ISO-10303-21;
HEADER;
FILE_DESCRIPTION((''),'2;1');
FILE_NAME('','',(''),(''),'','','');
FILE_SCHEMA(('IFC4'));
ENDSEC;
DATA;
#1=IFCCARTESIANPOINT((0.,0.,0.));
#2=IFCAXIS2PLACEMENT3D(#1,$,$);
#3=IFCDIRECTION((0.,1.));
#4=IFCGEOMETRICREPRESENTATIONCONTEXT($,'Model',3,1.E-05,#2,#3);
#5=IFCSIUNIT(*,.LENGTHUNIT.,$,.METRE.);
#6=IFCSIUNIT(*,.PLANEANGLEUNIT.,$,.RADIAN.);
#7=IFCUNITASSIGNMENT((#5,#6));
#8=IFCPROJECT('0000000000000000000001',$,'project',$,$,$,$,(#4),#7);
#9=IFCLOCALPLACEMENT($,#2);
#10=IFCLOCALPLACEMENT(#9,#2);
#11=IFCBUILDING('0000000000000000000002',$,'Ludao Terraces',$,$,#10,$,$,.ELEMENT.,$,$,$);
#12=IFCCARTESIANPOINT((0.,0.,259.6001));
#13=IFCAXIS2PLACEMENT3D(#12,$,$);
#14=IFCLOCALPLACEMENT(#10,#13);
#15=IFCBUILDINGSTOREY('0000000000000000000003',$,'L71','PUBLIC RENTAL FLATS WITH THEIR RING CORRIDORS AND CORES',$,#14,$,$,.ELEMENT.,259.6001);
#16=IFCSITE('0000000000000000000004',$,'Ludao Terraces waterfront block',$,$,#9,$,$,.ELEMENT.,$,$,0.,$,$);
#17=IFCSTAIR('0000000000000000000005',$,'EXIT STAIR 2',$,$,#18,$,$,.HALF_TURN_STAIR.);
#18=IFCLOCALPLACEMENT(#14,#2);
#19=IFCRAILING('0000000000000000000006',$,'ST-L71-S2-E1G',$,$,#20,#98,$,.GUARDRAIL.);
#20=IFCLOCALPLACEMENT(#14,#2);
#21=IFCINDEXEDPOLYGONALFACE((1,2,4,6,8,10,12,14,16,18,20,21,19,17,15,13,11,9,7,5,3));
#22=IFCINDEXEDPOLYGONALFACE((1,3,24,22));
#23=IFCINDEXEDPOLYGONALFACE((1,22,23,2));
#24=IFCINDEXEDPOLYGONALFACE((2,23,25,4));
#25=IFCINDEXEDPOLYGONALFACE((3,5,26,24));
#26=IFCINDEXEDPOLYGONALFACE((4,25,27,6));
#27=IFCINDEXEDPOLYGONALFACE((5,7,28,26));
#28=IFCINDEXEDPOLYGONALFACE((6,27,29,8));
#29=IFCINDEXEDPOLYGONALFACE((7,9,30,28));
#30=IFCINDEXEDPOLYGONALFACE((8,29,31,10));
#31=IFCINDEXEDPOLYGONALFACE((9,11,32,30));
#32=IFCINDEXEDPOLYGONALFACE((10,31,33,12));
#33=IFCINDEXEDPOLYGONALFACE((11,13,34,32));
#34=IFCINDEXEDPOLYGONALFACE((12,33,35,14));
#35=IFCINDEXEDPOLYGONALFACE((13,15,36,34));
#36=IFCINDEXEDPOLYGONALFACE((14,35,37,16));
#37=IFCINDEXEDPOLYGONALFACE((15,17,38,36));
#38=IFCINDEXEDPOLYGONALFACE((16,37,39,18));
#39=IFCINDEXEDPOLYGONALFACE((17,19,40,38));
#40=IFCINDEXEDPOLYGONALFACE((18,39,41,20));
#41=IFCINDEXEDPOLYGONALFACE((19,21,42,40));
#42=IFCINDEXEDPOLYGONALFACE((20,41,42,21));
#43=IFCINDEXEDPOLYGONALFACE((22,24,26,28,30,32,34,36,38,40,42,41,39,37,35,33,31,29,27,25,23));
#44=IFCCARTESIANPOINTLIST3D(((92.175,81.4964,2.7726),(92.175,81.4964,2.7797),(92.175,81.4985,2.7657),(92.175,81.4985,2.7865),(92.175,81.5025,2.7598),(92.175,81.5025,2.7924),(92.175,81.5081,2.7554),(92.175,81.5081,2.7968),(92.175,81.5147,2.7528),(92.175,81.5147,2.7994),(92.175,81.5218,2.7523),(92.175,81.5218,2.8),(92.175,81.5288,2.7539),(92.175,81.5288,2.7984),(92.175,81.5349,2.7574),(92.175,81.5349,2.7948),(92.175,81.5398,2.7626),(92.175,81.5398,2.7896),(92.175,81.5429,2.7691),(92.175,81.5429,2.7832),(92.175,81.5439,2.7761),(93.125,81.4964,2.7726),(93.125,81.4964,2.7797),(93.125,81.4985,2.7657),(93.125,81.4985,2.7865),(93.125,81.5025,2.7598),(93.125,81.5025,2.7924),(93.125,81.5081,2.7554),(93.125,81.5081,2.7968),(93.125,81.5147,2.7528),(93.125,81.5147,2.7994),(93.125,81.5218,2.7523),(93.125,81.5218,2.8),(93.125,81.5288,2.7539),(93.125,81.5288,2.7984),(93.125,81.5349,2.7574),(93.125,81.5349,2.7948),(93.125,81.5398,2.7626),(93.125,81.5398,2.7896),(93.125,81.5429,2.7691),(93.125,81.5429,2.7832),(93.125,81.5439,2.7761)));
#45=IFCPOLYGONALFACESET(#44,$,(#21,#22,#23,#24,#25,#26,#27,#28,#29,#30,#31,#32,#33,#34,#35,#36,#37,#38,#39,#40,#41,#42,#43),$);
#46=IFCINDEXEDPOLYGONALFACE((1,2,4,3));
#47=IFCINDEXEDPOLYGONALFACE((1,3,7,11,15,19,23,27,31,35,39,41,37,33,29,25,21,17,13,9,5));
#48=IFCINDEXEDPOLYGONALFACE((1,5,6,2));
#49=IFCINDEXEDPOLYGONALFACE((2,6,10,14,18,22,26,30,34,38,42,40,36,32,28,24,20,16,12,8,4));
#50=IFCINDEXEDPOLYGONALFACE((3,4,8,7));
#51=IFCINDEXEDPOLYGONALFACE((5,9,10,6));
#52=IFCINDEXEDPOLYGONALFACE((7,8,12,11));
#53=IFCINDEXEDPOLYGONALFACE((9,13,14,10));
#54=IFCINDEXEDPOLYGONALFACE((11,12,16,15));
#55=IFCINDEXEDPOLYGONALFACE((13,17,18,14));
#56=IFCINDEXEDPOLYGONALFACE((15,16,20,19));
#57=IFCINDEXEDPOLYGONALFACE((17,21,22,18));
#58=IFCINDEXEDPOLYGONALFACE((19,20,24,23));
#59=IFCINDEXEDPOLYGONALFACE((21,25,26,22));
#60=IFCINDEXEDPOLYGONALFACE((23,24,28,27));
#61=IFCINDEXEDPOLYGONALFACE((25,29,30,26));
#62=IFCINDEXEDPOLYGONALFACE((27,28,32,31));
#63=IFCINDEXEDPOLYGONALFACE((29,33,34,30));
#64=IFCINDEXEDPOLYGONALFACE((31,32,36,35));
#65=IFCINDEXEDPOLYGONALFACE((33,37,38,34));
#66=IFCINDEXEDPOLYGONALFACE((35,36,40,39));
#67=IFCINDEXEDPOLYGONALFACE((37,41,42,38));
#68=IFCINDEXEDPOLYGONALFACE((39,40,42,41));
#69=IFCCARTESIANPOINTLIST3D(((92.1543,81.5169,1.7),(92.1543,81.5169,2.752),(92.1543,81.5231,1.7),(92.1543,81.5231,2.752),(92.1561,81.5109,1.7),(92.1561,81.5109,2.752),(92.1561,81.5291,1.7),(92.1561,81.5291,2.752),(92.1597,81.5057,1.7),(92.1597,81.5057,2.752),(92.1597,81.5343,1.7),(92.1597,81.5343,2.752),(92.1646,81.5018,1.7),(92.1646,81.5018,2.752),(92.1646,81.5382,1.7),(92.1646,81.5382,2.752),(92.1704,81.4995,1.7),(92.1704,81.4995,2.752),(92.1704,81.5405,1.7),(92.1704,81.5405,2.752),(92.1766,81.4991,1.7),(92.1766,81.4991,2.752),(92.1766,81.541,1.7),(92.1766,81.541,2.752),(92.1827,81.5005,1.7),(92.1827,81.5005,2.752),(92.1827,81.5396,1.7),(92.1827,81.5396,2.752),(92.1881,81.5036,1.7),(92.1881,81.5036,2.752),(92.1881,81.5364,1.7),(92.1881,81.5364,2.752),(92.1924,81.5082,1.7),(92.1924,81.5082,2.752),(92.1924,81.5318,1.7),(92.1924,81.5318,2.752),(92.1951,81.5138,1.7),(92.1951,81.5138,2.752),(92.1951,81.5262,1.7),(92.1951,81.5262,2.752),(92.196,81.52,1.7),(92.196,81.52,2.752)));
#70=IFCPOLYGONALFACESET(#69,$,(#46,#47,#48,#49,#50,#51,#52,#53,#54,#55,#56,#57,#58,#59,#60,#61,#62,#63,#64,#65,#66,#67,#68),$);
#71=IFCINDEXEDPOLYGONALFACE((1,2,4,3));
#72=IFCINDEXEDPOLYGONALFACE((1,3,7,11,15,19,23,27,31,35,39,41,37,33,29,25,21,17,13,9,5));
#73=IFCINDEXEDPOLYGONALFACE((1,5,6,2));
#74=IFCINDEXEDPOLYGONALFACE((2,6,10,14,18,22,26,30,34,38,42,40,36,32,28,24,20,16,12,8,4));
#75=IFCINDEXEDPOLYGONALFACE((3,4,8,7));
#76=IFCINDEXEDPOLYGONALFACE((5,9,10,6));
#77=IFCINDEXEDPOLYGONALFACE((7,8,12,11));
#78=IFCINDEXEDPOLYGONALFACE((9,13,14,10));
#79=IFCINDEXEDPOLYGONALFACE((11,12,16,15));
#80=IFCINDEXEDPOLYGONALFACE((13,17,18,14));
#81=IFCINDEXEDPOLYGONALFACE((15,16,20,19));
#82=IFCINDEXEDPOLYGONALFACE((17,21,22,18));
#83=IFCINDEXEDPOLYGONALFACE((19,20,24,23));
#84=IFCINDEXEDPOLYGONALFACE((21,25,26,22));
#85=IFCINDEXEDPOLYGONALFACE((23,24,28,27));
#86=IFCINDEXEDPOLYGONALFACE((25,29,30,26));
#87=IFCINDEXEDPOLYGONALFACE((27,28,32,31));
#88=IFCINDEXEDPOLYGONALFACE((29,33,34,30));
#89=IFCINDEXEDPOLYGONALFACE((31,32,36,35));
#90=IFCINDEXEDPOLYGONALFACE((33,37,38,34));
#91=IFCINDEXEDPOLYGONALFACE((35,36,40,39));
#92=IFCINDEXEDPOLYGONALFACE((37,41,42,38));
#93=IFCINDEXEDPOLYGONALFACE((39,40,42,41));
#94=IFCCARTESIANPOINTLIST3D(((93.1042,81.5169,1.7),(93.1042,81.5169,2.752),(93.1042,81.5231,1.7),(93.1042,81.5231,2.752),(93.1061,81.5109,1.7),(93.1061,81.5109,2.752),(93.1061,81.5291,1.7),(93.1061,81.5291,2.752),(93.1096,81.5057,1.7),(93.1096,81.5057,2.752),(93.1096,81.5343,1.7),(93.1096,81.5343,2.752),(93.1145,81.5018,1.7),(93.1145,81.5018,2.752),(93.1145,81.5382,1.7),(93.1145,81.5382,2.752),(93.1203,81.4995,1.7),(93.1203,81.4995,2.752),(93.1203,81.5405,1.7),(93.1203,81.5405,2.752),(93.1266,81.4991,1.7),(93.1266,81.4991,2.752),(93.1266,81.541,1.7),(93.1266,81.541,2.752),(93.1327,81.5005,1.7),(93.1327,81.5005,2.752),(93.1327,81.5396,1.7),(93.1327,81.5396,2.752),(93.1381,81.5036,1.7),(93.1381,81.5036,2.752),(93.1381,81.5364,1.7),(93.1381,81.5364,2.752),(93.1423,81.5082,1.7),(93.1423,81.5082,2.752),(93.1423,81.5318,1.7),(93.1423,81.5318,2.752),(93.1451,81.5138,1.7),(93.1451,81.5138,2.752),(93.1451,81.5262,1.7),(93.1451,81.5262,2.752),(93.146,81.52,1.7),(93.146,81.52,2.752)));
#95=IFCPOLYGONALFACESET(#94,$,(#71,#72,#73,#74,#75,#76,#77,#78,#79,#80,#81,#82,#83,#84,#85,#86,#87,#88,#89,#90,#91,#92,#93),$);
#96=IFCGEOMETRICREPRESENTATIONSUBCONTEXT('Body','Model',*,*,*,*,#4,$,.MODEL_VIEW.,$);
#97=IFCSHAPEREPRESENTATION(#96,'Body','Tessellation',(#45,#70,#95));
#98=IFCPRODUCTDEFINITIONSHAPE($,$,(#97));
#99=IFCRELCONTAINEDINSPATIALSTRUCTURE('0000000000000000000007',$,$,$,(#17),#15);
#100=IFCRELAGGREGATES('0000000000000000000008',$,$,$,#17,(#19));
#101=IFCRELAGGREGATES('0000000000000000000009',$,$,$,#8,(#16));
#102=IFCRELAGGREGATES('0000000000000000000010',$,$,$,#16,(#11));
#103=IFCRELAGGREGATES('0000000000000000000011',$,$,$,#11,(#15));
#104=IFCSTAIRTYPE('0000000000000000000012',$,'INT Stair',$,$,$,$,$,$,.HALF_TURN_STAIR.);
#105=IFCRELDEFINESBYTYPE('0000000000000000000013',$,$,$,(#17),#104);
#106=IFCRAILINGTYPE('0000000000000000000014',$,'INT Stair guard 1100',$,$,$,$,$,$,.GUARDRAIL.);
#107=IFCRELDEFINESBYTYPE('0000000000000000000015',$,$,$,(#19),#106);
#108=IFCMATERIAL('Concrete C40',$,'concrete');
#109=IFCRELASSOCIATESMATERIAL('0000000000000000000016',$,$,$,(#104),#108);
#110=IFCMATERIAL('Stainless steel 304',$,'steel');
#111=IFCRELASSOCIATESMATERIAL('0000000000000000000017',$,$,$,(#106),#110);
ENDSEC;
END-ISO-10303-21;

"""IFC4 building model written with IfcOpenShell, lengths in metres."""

from ifc_helpers import new_model, si_unit, direction, frame, origin, origin_2d, place, context, subcontext, project, spatial, circle, extrude, material, type_object, element, aggregate, save


model = new_model("IFC4")

# Units and contexts
model_context = context("Model", 3, precision=1e-05, world=origin(), true_north=direction((0.0, 1.0)))
body_context = subcontext(model_context, "Body", "Model", "MODEL_VIEW")
ifc_project = project(units=[si_unit("LENGTHUNIT", "METRE"), si_unit("PLANEANGLEUNIT", "RADIAN")], contexts=[model_context])

# Site, building, storey
site_placement = place(None, origin())
site = spatial("IfcSite", under=ifc_project, at=site_placement, Name="Ludao Terraces waterfront block", CompositionType="ELEMENT", RefElevation=0.0)
building_placement = place(site_placement, origin())
building = spatial("IfcBuilding", under=site, at=building_placement, Name="Ludao Terraces", CompositionType="ELEMENT")
storey_placement = place(building_placement, frame((0.0, 0.0, 259.6001)))
storey = spatial("IfcBuildingStorey", under=building, at=storey_placement, Name="L71", Description="PUBLIC RENTAL FLATS WITH THEIR RING CORRIDORS AND CORES", CompositionType="ELEMENT", Elevation=259.6001)

# Shared definitions
ifc_material_1 = material(Name="Stainless steel 304", Category="steel")

# Stair, railing
ifc_material_2 = material(Name="Concrete C40", Category="concrete")
stair_type = type_object("IfcStairType", Name="INT Stair", PredefinedType="HALF_TURN_STAIR", material=ifc_material_2)
stair_placement = place(storey_placement, origin())
stair = element("IfcStair", 1, at=stair_placement, inside=storey, type_object=stair_type, Name="EXIT STAIR 2", PredefinedType="HALF_TURN_STAIR")
railing_type_1 = type_object("IfcRailingType", Name="INT Stair guard 1100", PredefinedType="GUARDRAIL", material=ifc_material_1)
railing_1_placement = place(storey_placement, frame((92.175, 81.52, 1.7)))
railing_1 = element("IfcRailing", 2, at=railing_1_placement, type_object=railing_type_1, Name="ST-L71-S2-E1G", PredefinedType="GUARDRAIL", context=body_context, shape_type="SweptSolid", body=[
    extrude(circle(Radius=0.0239, at=origin_2d()), frame((0.0, 0.0, 1.0762), z_axis=(1.0, 0.0, 0.0), x_axis=(0.0, 1.0, 0.0)), (0.0, 0.0, 1.0), 0.95),
    extrude(circle(Radius=0.021, at=origin_2d()), origin(), (0.0, 0.0, 1.0), 1.052),
    extrude(circle(Radius=0.021, at=origin_2d()), frame((0.95, 0.0, 0.0)), (0.0, 0.0, 1.0), 1.052),
])
aggregate(stair, [railing_1])

save(model, "model.ifc")
